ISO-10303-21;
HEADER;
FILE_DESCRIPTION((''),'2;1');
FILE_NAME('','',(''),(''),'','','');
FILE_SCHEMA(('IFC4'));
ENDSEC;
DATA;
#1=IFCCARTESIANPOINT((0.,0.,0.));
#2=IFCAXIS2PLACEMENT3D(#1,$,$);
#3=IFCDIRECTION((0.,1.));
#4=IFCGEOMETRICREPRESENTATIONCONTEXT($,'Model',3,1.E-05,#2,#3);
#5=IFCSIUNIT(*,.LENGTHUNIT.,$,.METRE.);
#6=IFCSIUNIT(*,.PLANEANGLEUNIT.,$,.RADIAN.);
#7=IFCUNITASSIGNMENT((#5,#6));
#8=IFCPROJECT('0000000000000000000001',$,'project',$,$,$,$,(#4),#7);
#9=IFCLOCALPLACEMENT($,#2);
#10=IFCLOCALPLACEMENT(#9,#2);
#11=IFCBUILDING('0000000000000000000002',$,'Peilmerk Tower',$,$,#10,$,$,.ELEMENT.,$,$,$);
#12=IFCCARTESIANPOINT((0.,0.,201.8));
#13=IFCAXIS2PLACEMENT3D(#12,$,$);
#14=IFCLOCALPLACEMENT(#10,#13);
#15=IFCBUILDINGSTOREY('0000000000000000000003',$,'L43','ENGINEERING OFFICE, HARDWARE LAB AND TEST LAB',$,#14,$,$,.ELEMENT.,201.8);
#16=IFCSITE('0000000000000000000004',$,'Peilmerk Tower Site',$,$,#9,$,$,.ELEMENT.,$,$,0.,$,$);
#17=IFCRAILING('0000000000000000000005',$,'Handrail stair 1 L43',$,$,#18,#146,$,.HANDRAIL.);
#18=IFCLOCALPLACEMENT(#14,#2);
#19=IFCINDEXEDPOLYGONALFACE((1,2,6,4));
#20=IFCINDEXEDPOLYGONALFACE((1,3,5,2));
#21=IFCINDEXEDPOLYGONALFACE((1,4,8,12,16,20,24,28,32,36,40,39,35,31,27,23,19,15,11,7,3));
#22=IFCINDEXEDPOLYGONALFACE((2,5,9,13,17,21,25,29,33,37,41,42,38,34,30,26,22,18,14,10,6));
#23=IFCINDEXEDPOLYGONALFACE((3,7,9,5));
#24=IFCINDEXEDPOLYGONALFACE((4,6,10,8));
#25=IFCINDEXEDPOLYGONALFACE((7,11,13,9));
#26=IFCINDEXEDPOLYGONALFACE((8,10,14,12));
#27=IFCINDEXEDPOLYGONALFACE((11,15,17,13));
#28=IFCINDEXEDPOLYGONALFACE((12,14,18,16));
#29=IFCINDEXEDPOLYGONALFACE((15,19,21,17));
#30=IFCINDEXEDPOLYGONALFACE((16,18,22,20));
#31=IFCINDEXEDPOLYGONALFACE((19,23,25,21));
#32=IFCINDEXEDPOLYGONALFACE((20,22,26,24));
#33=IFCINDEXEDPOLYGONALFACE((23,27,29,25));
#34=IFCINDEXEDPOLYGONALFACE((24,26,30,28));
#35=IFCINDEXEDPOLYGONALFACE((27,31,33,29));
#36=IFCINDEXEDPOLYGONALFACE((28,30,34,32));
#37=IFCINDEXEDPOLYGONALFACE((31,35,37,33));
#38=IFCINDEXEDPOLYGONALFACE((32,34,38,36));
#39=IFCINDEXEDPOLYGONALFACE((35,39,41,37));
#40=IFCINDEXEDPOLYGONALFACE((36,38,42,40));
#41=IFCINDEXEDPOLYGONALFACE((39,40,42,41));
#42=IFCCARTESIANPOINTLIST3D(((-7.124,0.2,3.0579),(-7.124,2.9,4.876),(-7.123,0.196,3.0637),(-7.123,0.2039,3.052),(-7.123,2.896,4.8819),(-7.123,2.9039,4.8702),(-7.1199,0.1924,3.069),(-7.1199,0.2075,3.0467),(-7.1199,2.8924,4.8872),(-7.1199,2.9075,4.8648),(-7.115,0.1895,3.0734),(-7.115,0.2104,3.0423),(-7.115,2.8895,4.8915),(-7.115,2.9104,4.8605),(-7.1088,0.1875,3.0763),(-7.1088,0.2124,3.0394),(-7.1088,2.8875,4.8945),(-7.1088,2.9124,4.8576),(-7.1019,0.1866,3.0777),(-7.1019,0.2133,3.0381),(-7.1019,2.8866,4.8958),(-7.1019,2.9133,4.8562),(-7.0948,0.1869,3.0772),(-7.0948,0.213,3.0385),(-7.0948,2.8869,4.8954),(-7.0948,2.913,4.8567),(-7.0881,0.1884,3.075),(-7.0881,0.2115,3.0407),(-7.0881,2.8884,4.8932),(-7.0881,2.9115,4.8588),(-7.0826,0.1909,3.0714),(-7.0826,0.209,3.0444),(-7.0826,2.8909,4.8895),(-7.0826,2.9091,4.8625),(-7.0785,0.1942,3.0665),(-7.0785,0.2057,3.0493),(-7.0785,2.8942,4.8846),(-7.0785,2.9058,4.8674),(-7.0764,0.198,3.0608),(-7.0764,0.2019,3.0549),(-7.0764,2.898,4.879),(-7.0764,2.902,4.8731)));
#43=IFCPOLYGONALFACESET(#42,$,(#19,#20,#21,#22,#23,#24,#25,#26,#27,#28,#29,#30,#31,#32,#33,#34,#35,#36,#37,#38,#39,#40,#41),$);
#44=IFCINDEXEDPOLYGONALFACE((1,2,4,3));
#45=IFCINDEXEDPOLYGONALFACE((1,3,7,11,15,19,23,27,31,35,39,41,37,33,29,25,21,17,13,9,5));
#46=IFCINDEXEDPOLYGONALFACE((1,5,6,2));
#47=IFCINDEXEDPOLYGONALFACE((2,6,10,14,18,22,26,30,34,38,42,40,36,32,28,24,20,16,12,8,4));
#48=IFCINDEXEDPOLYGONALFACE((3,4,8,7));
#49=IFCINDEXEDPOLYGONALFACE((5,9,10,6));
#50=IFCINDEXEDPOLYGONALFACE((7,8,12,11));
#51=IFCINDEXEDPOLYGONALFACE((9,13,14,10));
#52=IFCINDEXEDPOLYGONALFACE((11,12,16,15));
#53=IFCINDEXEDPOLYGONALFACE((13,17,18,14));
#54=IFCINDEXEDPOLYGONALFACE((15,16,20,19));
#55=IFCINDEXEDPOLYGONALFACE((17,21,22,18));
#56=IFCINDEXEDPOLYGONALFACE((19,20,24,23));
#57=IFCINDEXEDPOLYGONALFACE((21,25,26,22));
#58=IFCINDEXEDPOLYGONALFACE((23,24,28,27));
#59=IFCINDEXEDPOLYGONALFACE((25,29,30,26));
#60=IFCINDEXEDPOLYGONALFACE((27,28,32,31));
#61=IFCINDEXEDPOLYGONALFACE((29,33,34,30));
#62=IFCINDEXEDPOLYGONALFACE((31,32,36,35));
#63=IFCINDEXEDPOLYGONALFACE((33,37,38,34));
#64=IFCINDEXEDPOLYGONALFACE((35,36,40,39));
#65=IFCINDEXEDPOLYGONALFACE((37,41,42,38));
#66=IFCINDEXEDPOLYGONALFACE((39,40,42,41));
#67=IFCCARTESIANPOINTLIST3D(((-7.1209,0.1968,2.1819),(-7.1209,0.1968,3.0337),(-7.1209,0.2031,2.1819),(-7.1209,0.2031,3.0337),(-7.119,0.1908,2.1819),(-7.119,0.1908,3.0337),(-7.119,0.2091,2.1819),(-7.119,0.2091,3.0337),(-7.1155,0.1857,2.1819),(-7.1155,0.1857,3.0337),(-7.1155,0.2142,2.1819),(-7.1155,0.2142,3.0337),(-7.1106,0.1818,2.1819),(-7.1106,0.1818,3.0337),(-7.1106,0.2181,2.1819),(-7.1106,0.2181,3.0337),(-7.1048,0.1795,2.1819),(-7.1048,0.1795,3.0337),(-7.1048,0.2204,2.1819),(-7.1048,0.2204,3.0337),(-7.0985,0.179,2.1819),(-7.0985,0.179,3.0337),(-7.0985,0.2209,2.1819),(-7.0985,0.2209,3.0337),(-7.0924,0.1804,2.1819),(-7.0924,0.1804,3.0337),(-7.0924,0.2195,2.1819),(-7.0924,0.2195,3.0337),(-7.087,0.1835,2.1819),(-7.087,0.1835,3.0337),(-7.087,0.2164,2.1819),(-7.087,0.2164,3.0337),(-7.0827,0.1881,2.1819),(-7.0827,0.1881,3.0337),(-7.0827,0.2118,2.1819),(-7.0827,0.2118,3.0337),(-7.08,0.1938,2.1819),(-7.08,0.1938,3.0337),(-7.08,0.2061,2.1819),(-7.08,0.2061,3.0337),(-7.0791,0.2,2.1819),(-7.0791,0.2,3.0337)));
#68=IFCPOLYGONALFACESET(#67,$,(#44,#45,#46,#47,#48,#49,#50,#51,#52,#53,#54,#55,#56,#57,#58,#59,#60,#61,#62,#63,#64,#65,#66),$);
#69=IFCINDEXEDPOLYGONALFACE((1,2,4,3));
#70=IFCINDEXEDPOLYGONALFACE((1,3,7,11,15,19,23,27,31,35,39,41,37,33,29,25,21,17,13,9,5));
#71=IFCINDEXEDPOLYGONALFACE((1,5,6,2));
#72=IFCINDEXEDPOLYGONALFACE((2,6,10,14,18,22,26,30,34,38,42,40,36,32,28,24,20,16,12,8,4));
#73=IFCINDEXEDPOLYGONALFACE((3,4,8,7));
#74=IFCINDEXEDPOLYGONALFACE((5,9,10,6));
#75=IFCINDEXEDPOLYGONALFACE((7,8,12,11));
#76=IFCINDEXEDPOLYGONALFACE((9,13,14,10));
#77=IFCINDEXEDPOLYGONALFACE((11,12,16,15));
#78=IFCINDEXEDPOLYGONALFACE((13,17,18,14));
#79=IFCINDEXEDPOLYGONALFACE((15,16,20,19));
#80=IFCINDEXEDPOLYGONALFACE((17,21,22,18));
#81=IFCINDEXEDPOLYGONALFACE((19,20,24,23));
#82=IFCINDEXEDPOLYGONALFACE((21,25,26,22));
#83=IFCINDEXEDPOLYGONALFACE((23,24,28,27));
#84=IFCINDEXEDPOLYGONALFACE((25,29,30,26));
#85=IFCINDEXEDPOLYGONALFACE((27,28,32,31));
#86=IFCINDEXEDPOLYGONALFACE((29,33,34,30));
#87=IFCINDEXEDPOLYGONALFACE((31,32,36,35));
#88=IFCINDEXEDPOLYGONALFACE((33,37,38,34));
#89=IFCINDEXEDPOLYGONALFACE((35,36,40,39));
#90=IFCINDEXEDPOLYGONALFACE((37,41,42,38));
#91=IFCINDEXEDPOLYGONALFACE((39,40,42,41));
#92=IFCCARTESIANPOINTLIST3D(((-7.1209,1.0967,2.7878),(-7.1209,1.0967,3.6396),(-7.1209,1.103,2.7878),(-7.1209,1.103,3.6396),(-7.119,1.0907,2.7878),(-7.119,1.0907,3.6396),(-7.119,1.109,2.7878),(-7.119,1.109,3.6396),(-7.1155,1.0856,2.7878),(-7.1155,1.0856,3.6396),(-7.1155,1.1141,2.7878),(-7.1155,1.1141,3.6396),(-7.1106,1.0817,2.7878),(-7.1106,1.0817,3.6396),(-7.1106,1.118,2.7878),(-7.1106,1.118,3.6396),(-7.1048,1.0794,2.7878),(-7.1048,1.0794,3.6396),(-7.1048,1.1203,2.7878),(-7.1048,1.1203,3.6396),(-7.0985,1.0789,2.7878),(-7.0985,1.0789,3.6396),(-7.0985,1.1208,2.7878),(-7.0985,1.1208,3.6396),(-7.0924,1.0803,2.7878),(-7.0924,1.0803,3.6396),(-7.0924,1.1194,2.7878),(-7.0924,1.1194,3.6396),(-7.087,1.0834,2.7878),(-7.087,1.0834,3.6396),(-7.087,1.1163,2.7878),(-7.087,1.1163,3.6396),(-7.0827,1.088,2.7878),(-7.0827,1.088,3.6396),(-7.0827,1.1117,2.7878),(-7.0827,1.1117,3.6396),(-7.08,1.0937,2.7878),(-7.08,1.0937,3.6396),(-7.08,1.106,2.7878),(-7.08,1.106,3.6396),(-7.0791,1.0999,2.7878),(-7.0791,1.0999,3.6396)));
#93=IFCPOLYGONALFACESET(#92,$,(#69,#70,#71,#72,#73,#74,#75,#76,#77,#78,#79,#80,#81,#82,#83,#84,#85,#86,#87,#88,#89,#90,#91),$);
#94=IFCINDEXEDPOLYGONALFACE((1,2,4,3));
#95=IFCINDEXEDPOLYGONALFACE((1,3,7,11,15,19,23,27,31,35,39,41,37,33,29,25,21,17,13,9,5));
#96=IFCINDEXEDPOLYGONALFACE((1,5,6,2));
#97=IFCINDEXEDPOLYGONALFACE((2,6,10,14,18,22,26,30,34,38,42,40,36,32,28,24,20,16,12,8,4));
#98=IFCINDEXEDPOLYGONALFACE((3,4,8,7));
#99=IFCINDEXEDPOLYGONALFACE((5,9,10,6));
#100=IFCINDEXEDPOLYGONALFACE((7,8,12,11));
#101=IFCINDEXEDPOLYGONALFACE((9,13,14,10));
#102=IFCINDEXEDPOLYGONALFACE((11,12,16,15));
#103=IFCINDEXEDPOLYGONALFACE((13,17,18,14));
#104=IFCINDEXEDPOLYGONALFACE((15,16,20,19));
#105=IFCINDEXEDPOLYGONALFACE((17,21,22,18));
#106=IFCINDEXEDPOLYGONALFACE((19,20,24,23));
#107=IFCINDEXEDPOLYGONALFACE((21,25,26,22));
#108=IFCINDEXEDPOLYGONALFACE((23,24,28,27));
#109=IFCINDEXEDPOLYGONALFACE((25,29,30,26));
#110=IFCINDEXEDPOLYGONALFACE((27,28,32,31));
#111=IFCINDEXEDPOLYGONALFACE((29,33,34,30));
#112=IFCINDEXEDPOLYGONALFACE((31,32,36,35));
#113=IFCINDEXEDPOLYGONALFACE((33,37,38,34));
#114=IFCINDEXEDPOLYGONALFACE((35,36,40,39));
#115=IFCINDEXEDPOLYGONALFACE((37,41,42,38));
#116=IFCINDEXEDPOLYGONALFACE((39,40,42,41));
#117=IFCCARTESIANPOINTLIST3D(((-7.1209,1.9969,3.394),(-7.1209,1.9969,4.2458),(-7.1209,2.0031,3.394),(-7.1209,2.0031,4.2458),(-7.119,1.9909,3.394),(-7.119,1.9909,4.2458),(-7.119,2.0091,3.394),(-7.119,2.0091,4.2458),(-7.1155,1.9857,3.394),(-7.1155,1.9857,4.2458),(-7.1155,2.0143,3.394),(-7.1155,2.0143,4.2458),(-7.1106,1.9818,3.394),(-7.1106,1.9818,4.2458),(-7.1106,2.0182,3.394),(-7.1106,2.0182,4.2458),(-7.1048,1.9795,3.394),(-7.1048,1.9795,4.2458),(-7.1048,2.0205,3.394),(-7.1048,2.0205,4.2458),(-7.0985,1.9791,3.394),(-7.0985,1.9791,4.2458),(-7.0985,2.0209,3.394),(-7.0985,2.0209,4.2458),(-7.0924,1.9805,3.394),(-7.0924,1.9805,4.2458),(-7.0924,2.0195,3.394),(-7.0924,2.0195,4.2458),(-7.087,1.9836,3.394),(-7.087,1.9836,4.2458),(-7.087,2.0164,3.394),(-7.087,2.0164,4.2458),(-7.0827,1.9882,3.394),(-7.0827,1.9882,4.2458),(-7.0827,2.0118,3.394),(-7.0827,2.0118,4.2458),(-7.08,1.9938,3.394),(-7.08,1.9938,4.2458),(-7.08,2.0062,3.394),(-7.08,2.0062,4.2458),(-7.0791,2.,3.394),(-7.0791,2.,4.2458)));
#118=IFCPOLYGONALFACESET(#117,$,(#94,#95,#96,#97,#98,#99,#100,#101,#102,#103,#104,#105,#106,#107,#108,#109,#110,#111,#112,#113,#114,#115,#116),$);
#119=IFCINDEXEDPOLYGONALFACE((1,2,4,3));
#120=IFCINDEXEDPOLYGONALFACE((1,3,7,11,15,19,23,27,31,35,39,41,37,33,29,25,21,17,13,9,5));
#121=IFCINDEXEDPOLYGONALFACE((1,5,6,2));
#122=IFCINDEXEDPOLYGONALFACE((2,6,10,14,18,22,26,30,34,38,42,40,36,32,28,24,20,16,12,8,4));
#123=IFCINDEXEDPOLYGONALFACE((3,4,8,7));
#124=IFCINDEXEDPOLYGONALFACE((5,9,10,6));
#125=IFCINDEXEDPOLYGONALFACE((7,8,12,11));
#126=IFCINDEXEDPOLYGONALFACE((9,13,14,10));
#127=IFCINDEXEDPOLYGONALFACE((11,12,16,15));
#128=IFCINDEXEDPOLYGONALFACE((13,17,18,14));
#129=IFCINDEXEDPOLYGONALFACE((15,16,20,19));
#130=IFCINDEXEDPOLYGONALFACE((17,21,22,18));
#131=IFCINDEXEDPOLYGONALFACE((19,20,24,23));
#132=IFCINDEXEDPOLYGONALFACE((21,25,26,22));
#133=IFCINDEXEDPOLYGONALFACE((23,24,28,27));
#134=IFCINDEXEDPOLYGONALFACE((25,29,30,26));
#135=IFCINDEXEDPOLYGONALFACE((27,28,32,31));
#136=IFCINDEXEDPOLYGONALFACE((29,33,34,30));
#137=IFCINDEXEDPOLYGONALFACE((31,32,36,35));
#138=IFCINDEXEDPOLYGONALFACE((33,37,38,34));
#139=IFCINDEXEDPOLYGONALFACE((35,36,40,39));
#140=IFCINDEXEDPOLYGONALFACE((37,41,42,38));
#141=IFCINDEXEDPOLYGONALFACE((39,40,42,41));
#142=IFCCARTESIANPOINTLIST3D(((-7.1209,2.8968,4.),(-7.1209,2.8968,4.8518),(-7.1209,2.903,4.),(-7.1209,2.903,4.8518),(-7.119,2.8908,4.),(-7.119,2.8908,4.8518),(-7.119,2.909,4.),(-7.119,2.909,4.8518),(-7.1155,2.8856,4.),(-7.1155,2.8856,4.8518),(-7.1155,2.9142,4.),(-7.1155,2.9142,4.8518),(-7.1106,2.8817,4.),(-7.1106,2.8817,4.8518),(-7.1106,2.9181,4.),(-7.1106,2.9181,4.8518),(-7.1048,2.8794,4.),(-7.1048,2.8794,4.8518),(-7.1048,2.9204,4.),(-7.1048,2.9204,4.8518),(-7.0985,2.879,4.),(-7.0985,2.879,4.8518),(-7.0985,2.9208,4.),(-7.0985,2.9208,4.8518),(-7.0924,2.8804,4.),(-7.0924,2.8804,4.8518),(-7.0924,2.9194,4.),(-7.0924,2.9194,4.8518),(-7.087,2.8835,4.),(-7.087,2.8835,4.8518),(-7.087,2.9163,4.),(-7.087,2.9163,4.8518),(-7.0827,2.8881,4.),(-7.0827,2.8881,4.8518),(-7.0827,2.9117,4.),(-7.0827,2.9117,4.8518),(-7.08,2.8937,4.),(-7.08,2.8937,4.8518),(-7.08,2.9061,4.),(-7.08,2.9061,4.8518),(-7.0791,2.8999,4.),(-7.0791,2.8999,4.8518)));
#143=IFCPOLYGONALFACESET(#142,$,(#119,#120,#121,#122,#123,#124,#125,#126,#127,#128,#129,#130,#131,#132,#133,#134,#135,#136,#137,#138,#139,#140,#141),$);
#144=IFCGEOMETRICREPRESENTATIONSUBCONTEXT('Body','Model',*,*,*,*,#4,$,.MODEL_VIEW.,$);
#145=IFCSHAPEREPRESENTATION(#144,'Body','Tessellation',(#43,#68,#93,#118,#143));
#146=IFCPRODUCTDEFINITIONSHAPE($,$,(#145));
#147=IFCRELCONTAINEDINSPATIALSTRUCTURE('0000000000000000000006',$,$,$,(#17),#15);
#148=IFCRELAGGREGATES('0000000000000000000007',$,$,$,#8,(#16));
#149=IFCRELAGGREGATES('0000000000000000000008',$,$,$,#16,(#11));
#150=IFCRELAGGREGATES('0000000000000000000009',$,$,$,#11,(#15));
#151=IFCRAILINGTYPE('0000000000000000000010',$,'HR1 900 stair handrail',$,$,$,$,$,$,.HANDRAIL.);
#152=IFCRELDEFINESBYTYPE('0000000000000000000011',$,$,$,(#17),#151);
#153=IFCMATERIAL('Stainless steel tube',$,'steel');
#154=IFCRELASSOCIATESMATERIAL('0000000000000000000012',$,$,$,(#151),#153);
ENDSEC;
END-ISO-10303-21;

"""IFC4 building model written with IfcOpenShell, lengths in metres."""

from ifc_helpers import new_model, si_unit, direction, frame, origin, origin_2d, place, context, subcontext, project, spatial, circle, extrude, material, type_object, element, save


model = new_model("IFC4")

# Units and contexts
model_context = context("Model", 3, precision=1e-05, world=origin(), true_north=direction((0.0, 1.0)))
body_context = subcontext(model_context, "Body", "Model", "MODEL_VIEW")
ifc_project = project(units=[si_unit("LENGTHUNIT", "METRE"), si_unit("PLANEANGLEUNIT", "RADIAN")], contexts=[model_context])

# Site, building, storey
site_placement = place(None, origin())
site = spatial("IfcSite", under=ifc_project, at=site_placement, Name="Peilmerk Tower Site", CompositionType="ELEMENT", RefElevation=0.0)
building_placement = place(site_placement, origin())
building = spatial("IfcBuilding", under=site, at=building_placement, Name="Peilmerk Tower", CompositionType="ELEMENT")
storey_placement = place(building_placement, frame((0.0, 0.0, 201.8)))
storey = spatial("IfcBuildingStorey", under=building, at=storey_placement, Name="L43", Description="ENGINEERING OFFICE, HARDWARE LAB AND TEST LAB", CompositionType="ELEMENT", Elevation=201.8)

# Railing
ifc_material_1 = material(Name="Stainless steel tube", Category="steel")
railing_type_1 = type_object("IfcRailingType", Name="HR1 900 stair handrail", PredefinedType="HANDRAIL", material=ifc_material_1)
railing_1_placement = place(storey_placement, frame((-7.1001, 0.2, 2.1819)))
element("IfcRailing", 1, at=railing_1_placement, inside=storey, type_object=railing_type_1, Name="Handrail stair 1 L43", PredefinedType="HANDRAIL", context=body_context, shape_type="SweptSolid", body=[
    extrude(circle(Radius=0.0239, at=origin_2d()), frame((0.0, 0.0, 0.876), z_axis=(0.0, 0.829468, 0.558554), x_axis=(-1.0, 0.0, 0.0)), (0.0, 0.0, 1.0), 3.2551),
    extrude(circle(Radius=0.021, at=origin_2d()), origin(), (0.0, 0.0, 1.0), 0.8518),
    extrude(circle(Radius=0.021, at=origin_2d()), frame((0.0, 0.8999, 0.606)), (0.0, 0.0, 1.0), 0.8518),
    extrude(circle(Radius=0.021, at=origin_2d()), frame((0.0, 1.8, 1.2122)), (0.0, 0.0, 1.0), 0.8518),
    extrude(circle(Radius=0.021, at=origin_2d()), frame((0.0, 2.7, 1.8181)), (0.0, 0.0, 1.0), 0.8518),
])

save(model, "model.ifc")
